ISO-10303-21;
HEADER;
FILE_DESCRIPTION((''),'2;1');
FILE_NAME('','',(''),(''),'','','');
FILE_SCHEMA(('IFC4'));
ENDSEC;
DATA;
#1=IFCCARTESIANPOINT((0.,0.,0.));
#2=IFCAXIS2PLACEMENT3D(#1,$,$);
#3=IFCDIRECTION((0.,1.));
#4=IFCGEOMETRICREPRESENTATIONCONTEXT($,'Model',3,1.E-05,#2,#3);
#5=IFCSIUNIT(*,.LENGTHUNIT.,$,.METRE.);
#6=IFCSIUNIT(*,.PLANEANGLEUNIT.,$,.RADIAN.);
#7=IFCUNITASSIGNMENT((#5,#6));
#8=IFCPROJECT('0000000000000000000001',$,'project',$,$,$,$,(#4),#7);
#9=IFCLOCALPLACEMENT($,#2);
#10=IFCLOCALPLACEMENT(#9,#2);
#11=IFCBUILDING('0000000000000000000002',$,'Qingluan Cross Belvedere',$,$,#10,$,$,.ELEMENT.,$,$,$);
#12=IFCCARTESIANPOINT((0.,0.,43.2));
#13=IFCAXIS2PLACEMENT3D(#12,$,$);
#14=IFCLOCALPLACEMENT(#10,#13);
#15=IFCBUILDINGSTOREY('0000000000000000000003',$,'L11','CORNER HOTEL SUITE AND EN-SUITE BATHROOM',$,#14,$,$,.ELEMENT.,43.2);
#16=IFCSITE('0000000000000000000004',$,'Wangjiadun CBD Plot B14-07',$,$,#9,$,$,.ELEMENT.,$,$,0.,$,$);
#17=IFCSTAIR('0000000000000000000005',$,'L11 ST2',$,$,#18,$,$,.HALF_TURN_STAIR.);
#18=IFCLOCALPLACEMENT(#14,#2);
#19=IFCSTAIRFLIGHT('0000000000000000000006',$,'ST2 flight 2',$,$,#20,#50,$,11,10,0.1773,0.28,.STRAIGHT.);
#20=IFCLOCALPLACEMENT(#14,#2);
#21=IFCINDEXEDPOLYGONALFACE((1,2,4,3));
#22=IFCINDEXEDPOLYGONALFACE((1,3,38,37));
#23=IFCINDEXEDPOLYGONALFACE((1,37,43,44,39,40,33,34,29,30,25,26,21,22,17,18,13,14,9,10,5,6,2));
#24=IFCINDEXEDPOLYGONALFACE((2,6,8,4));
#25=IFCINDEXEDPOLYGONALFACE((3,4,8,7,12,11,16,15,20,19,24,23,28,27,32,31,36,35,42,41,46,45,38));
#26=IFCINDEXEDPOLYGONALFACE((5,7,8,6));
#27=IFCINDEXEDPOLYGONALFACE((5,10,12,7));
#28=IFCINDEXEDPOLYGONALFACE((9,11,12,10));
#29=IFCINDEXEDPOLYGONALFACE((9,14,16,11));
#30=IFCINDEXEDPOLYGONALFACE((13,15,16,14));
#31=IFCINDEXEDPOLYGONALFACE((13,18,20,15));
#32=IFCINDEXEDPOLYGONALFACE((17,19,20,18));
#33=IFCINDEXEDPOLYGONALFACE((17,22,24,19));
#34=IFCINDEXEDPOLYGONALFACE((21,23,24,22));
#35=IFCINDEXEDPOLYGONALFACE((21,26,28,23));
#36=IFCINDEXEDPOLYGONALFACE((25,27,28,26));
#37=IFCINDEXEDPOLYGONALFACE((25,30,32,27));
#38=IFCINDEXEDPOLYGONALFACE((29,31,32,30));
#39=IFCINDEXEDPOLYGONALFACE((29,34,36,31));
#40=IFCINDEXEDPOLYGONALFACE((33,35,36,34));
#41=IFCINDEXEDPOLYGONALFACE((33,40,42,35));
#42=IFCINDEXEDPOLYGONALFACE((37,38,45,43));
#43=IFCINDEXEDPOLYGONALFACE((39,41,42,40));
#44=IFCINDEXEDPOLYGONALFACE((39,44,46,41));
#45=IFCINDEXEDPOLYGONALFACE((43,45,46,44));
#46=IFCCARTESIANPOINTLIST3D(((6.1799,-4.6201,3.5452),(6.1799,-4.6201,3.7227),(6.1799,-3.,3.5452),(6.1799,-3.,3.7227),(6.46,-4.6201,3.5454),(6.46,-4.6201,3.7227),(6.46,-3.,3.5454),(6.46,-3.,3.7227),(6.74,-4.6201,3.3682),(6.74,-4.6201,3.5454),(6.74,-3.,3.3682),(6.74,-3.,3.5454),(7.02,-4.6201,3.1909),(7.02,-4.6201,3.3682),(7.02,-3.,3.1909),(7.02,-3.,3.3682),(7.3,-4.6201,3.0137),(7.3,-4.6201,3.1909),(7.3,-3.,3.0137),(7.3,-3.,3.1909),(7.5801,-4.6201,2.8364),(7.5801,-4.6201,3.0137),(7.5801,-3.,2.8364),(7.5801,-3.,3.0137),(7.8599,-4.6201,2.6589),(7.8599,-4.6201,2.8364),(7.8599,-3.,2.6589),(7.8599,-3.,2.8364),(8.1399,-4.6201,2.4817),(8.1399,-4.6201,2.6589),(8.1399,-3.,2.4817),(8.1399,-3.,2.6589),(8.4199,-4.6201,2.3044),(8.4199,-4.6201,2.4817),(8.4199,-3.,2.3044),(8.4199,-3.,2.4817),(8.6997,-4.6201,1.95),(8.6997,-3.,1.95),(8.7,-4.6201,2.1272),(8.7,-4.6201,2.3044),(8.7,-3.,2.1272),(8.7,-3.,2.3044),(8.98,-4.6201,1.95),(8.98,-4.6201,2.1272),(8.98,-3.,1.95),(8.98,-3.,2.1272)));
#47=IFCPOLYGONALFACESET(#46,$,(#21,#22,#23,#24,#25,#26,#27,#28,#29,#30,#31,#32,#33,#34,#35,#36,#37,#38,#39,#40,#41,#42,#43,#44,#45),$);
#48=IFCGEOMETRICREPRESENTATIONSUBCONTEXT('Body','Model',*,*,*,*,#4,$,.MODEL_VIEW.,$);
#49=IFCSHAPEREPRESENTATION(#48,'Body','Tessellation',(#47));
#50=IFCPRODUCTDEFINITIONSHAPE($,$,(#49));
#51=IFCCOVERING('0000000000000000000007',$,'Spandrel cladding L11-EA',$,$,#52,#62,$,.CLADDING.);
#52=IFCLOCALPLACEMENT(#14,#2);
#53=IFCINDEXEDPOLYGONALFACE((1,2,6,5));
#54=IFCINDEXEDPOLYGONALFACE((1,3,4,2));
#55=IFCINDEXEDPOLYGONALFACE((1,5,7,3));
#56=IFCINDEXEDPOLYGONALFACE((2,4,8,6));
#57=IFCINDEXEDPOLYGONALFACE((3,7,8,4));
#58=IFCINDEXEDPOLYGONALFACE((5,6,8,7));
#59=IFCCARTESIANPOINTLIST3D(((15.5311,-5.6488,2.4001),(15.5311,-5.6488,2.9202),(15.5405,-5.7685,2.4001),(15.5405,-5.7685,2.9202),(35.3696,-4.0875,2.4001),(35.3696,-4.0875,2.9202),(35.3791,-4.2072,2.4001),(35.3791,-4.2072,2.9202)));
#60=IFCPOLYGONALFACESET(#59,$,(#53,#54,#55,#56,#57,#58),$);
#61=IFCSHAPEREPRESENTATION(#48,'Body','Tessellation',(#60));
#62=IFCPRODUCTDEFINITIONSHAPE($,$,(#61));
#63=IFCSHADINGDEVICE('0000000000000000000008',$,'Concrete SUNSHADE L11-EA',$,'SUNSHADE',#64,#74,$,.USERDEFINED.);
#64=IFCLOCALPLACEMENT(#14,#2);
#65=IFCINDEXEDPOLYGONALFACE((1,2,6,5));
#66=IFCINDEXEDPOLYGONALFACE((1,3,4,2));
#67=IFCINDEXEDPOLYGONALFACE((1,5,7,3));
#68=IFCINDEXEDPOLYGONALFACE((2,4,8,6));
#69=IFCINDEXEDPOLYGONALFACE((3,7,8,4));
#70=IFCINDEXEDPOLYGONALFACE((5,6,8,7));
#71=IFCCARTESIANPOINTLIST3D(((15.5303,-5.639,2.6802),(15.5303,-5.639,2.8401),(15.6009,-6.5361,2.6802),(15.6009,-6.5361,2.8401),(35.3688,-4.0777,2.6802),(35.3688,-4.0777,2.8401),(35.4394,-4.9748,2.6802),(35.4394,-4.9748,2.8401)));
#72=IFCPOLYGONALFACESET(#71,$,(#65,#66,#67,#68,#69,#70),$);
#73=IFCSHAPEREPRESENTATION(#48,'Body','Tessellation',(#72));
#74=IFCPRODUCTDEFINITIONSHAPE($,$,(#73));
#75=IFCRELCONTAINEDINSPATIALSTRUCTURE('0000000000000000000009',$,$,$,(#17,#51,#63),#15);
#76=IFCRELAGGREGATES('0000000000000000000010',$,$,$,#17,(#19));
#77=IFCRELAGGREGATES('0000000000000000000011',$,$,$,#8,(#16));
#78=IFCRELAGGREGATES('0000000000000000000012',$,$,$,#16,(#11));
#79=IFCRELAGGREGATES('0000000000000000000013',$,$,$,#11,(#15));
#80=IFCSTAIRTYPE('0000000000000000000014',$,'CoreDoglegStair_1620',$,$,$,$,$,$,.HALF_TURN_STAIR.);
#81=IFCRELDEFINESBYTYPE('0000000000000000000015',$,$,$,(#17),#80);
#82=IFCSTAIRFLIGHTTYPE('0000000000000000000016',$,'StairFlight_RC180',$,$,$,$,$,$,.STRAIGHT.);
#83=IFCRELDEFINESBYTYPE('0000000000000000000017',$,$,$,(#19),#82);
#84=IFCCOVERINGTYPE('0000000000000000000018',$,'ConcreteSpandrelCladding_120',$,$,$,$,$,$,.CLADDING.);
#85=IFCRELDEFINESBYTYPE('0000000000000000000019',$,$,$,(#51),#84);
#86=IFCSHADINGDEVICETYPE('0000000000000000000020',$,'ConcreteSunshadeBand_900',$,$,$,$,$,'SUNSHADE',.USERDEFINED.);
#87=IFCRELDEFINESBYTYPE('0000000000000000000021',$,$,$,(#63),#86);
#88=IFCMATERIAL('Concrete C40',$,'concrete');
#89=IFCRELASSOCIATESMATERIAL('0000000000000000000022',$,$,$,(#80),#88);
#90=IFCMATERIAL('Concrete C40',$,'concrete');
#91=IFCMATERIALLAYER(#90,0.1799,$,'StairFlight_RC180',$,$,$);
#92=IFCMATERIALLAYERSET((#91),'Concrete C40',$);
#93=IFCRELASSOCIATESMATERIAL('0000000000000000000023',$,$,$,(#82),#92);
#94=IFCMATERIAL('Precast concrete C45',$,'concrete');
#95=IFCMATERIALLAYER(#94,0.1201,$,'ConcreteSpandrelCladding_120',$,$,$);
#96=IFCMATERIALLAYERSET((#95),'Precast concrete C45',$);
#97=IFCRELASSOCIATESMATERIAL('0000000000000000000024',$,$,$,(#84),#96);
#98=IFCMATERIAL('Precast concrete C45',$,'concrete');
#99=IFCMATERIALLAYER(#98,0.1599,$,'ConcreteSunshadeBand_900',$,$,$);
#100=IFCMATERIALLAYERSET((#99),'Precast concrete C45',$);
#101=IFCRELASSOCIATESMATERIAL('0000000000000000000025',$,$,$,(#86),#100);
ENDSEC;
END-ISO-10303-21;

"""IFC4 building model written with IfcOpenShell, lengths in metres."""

from ifc_helpers import new_model, si_unit, direction, frame, origin, origin_2d, place, context, subcontext, project, spatial, polyline, rectangle, outline, extrude, material, layer, layer_set, type_object, element, aggregate, save


model = new_model("IFC4")

# Units and contexts
model_context = context("Model", 3, precision=1e-05, world=origin(), true_north=direction((0.0, 1.0)))
body_context = subcontext(model_context, "Body", "Model", "MODEL_VIEW")
ifc_project = project(units=[si_unit("LENGTHUNIT", "METRE"), si_unit("PLANEANGLEUNIT", "RADIAN")], contexts=[model_context])

# Site, building, storey
site_placement = place(None, origin())
site = spatial("IfcSite", under=ifc_project, at=site_placement, Name="Wangjiadun CBD Plot B14-07", CompositionType="ELEMENT", RefElevation=0.0)
building_placement = place(site_placement, origin())
building = spatial("IfcBuilding", under=site, at=building_placement, Name="Qingluan Cross Belvedere", CompositionType="ELEMENT")
storey_placement = place(building_placement, frame((0.0, 0.0, 43.2)))
storey = spatial("IfcBuildingStorey", under=building, at=storey_placement, Name="L11", Description="CORNER HOTEL SUITE AND EN-SUITE BATHROOM", CompositionType="ELEMENT", Elevation=43.2)

# Stair, stair flight
ifc_material_1 = material(Name="Concrete C40", Category="concrete")
stair_type = type_object("IfcStairType", Name="CoreDoglegStair_1620", PredefinedType="HALF_TURN_STAIR", material=ifc_material_1)
stair_placement = place(storey_placement, origin())
stair = element("IfcStair", 1, at=stair_placement, inside=storey, type_object=stair_type, Name="L11 ST2", PredefinedType="HALF_TURN_STAIR")
ifc_material_2 = material(Name="Concrete C40", Category="concrete")
ifc_layer_1 = layer(ifc_material_2, 0.1799, Name="StairFlight_RC180")
ifc_layer_set_1 = layer_set([ifc_layer_1], Name="Concrete C40")
stair_flight_type = type_object("IfcStairFlightType", Name="StairFlight_RC180", PredefinedType="STRAIGHT", material=ifc_layer_set_1)
stair_flight_placement = place(storey_placement, frame((8.98, -3.8101, 1.95), z_axis=(0.0, 0.0, 1.0), x_axis=(-1.0, 0.0, 0.0)))
stair_flight = element("IfcStairFlight", 2, at=stair_flight_placement, type_object=stair_flight_type, Name="ST2 flight 2", NumberOfRisers=11, NumberOfTreads=10, PredefinedType="STRAIGHT", RiserHeight=0.1773, TreadLength=0.28, context=body_context, shape_type="SweptSolid", body=[
    extrude(outline(polyline([(0.0, 0.0), (0.0, 0.1772), (0.28, 0.1772), (0.28, 0.3545), (0.5601, 0.3545), (0.5601, 0.5317), (0.8401, 0.5317), (0.8401, 0.709), (1.1201, 0.709), (1.1201, 0.8865), (1.3999, 0.8865), (1.3999, 1.0637), (1.6799, 1.0637), (1.6799, 1.241), (1.96, 1.241), (1.96, 1.4182), (2.24, 1.4182), (2.24, 1.5955), (2.52, 1.5955), (2.52, 1.7727), (2.8, 1.7727), (2.8, 1.95), (2.8, 1.5952), (0.2803, 0.0), (0.0, 0.0)])), frame((0.0, 0.8101, 0.0), z_axis=(0.0, -1.0, 0.0), x_axis=(1.0, 0.0, 0.0)), (0.0, 0.0, 1.0), 1.6201),
])
aggregate(stair, [stair_flight])

# Covering
ifc_material_3 = material(Name="Precast concrete C45", Category="concrete")
ifc_layer_2 = layer(ifc_material_3, 0.1201, Name="ConcreteSpandrelCladding_120")
ifc_layer_set_2 = layer_set([ifc_layer_2], Name="Precast concrete C45")
covering_type = type_object("IfcCoveringType", Name="ConcreteSpandrelCladding_120", PredefinedType="CLADDING", material=ifc_layer_set_2)
covering_placement = place(storey_placement, frame((25.4551, -4.928, 2.4001), z_axis=(0.0, 0.0, 1.0), x_axis=(0.996917, 0.078458, 0.0)))
element("IfcCovering", 3, at=covering_placement, inside=storey, type_object=covering_type, Name="Spandrel cladding L11-EA", PredefinedType="CLADDING", context=body_context, shape_type="SweptSolid", body=[
    extrude(rectangle(XDim=19.8999, YDim=0.1201, at=origin_2d()), origin(), (0.0, 0.0, 1.0), 0.52),
])

# Shading device
ifc_material_4 = material(Name="Precast concrete C45", Category="concrete")
ifc_layer_3 = layer(ifc_material_4, 0.1599, Name="ConcreteSunshadeBand_900")
ifc_layer_set_3 = layer_set([ifc_layer_3], Name="Precast concrete C45")
shading_device_type = type_object("IfcShadingDeviceType", Name="ConcreteSunshadeBand_900", ElementType="SUNSHADE", PredefinedType="USERDEFINED", material=ifc_layer_set_3)
shading_device_placement = place(storey_placement, frame((25.4849, -5.3069, 2.6802), z_axis=(0.0, 0.0, 1.0), x_axis=(0.996917, 0.078458, 0.0)))
element("IfcShadingDevice", 4, at=shading_device_placement, inside=storey, type_object=shading_device_type, Name="Concrete SUNSHADE L11-EA", ObjectType="SUNSHADE", PredefinedType="USERDEFINED", context=body_context, shape_type="SweptSolid", body=[
    extrude(rectangle(XDim=19.8999, YDim=0.8999, at=origin_2d()), origin(), (0.0, 0.0, 1.0), 0.1599),
])

save(model, "model.ifc")
